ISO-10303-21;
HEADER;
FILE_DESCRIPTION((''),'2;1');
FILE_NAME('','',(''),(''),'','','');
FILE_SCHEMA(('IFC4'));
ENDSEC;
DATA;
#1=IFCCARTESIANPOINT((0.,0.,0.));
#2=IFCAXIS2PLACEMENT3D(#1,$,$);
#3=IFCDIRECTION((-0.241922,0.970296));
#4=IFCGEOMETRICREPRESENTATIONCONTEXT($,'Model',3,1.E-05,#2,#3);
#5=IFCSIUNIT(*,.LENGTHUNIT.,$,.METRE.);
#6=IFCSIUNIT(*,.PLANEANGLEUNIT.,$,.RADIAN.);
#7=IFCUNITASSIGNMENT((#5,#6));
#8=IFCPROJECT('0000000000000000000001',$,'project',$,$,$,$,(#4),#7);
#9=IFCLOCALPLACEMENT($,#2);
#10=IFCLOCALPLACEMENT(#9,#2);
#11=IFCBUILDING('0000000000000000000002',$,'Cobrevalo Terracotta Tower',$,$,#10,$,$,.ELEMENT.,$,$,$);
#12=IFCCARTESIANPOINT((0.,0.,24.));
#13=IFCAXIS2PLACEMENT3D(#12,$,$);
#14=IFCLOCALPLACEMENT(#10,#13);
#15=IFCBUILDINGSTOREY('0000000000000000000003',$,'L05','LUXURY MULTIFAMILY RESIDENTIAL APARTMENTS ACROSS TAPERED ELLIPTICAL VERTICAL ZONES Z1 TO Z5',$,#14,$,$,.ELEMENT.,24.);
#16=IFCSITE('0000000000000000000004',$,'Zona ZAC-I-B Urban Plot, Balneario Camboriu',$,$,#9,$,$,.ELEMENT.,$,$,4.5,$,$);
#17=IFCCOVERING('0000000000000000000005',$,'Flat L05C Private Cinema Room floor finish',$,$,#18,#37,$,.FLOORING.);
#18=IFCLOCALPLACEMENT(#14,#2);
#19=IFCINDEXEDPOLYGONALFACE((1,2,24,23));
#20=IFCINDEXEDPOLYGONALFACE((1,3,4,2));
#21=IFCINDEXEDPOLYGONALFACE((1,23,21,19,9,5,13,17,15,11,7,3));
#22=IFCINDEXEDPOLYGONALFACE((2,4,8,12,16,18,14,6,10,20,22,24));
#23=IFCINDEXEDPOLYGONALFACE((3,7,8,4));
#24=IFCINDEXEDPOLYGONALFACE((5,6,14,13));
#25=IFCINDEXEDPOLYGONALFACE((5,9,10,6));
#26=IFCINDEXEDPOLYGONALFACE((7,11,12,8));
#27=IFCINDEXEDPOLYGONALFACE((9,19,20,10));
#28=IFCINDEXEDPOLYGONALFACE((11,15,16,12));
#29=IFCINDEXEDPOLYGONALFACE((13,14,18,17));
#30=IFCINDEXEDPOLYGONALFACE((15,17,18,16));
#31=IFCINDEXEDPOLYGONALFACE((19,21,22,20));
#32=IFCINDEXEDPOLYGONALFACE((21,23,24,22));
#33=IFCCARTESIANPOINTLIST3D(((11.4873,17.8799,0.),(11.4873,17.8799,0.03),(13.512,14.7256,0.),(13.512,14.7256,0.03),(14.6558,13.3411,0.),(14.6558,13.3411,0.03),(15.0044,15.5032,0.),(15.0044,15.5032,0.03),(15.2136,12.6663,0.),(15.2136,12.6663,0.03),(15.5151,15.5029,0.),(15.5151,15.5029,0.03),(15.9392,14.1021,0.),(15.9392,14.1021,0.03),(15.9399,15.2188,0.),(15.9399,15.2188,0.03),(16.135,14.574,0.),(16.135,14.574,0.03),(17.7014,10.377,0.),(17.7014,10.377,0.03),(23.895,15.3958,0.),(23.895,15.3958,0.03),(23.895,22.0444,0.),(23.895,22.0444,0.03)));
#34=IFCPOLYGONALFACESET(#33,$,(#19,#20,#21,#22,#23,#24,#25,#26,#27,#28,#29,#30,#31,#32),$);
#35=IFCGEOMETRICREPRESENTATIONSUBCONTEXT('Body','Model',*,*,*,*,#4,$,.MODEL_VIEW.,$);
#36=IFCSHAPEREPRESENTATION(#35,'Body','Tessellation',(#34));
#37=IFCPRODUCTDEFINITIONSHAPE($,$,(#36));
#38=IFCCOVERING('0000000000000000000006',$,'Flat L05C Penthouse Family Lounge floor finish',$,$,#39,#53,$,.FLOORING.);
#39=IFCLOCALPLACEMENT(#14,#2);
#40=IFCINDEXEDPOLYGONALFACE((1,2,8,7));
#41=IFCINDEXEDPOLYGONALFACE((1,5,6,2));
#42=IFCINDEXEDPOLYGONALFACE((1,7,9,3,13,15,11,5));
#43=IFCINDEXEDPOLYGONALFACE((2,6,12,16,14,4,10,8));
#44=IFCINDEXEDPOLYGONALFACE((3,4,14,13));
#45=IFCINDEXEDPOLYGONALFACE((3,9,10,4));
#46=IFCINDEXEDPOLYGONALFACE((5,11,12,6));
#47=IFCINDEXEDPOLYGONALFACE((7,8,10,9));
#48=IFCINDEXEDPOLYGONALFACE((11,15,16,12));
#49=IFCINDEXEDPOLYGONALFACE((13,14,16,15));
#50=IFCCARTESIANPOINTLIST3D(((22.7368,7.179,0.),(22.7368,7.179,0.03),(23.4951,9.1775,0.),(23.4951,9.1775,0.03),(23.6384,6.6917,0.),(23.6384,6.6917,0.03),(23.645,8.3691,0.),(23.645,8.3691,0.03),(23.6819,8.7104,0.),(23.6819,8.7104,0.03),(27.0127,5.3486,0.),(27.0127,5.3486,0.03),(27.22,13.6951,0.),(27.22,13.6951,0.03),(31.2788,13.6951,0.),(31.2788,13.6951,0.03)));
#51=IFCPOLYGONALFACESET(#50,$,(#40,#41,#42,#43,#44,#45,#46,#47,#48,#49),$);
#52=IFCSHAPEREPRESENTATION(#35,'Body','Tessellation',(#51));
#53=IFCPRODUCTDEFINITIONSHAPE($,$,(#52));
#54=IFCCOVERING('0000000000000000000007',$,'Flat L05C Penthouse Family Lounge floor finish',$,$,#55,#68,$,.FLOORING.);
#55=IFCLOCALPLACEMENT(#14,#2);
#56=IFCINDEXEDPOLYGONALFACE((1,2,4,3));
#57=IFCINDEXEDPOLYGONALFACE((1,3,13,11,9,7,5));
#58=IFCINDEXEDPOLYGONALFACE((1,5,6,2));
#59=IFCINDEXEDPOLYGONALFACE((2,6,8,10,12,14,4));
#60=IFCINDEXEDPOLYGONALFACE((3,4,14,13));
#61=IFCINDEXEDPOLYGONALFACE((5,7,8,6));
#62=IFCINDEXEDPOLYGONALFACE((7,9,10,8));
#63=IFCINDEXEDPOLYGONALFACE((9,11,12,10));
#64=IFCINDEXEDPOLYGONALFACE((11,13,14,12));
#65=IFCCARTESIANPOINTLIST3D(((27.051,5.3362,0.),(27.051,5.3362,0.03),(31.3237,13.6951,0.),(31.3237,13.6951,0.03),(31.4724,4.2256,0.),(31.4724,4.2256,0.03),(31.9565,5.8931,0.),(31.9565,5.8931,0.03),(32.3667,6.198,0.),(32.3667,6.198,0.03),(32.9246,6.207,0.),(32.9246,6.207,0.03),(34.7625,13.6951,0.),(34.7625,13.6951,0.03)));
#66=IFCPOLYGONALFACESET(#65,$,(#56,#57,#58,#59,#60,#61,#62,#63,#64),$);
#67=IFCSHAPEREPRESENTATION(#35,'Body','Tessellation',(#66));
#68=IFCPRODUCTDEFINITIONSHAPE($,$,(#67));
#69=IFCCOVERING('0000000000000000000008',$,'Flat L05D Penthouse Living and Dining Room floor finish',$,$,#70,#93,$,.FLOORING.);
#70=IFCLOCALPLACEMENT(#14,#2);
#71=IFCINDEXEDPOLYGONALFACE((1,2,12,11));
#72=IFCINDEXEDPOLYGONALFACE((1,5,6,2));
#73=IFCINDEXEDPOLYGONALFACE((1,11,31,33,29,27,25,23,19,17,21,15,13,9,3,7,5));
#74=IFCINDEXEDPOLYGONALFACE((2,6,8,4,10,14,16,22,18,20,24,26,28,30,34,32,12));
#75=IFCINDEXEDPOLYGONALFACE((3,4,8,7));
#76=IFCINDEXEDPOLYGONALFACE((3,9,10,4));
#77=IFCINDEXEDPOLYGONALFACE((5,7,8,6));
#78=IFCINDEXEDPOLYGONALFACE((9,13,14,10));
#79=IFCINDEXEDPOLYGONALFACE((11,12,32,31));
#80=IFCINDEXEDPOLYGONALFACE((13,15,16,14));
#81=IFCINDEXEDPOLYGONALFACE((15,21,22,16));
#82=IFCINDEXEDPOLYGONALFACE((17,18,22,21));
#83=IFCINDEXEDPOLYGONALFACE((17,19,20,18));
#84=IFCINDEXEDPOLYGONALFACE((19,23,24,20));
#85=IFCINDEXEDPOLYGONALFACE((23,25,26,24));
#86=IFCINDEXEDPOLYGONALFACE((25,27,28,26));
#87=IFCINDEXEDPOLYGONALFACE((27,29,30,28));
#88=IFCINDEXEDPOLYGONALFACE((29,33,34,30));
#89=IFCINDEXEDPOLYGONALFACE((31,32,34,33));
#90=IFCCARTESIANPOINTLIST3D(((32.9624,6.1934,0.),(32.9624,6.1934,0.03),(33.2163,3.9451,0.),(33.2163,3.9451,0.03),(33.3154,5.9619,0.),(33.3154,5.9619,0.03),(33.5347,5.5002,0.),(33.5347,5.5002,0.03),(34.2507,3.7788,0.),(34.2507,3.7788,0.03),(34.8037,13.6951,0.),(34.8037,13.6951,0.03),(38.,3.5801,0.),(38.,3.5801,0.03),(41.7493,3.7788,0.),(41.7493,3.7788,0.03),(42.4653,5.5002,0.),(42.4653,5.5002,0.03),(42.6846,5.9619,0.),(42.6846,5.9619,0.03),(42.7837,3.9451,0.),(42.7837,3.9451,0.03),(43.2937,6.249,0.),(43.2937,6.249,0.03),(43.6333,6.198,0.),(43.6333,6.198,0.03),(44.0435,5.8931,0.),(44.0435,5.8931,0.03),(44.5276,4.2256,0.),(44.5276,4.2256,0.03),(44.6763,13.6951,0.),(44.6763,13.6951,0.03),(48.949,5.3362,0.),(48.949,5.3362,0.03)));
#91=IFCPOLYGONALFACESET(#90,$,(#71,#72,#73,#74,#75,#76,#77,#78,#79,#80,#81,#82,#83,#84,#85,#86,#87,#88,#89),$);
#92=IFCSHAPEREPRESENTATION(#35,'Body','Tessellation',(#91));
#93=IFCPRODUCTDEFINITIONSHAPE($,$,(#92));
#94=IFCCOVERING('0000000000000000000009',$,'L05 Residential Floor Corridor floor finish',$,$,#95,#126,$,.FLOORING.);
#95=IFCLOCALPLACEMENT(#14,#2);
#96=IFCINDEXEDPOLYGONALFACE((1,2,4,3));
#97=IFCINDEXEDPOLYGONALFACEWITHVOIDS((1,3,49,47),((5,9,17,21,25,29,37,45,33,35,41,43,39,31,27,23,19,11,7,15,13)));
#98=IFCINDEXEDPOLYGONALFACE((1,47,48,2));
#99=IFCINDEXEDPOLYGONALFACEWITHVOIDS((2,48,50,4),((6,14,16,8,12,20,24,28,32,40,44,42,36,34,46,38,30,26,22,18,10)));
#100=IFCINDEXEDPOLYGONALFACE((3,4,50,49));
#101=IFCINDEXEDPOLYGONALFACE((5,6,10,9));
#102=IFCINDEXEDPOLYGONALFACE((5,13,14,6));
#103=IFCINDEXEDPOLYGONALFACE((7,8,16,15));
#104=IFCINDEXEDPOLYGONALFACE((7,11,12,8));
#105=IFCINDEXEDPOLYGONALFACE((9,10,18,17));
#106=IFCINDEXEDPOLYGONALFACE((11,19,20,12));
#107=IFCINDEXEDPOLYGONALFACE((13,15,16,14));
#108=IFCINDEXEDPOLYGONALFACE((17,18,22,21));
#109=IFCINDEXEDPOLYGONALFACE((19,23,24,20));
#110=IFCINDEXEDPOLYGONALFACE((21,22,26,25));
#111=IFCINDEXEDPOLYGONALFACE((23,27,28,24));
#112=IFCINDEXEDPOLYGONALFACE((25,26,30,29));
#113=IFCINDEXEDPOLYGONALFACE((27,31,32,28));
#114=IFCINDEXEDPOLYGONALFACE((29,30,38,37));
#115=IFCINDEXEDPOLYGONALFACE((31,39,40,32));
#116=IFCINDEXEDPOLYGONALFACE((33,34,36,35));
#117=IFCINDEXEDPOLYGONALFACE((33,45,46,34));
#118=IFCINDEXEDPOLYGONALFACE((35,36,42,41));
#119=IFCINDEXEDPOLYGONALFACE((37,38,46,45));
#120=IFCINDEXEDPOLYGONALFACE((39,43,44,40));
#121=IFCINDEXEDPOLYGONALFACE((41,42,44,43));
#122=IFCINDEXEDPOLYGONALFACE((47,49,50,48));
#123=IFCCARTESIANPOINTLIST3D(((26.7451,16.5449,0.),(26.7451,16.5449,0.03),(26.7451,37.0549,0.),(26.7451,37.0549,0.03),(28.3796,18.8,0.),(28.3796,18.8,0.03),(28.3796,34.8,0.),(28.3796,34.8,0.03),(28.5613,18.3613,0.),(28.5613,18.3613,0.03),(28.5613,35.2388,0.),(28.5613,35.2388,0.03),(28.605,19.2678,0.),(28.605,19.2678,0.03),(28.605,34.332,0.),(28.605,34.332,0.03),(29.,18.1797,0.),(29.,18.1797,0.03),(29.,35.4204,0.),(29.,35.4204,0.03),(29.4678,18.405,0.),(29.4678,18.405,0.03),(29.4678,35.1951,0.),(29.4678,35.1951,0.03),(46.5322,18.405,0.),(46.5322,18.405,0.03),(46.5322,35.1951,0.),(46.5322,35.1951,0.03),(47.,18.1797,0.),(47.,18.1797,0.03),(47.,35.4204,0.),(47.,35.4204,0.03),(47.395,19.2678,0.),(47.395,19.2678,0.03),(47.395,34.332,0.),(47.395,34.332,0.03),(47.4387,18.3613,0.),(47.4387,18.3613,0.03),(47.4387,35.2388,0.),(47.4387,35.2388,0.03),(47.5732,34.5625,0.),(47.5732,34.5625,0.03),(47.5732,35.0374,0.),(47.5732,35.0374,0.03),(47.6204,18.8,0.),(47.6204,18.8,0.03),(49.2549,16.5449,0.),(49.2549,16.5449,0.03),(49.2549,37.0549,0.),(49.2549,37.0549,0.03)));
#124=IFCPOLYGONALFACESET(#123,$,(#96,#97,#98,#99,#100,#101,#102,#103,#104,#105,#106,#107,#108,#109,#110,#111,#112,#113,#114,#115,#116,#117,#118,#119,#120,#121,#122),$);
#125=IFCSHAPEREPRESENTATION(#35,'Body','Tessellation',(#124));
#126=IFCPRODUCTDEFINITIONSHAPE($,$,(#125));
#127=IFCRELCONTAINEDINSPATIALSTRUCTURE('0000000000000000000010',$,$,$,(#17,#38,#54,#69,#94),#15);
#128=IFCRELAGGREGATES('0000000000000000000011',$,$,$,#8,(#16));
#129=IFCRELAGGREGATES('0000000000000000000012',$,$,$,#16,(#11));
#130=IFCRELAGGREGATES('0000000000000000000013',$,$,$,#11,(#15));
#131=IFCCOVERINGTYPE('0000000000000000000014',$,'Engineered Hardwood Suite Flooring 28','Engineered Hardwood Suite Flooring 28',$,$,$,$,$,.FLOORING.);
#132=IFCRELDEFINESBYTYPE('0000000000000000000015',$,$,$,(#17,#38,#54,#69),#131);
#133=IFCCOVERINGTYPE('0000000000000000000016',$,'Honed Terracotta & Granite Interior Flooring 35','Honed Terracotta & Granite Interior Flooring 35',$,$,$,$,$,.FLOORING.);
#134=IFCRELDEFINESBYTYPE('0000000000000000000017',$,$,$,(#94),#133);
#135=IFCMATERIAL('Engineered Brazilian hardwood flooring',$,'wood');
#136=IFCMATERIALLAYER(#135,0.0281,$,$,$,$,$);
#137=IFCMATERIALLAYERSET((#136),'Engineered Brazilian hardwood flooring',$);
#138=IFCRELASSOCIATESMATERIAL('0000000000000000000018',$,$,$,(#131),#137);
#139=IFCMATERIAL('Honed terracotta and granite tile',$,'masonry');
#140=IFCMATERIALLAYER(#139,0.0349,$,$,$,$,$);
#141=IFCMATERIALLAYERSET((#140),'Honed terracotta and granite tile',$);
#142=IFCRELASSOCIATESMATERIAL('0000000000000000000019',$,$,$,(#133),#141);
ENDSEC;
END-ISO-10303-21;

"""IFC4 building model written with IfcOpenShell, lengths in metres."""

from ifc_helpers import new_model, si_unit, direction, frame, origin, place, context, subcontext, project, spatial, polyline, outline, extrude, material, layer, layer_set, type_object, element, save


model = new_model("IFC4")

# Units and contexts
model_context = context("Model", 3, precision=1e-05, world=origin(), true_north=direction((-0.241922, 0.970296)))
body_context = subcontext(model_context, "Body", "Model", "MODEL_VIEW")
ifc_project = project(units=[si_unit("LENGTHUNIT", "METRE"), si_unit("PLANEANGLEUNIT", "RADIAN")], contexts=[model_context])

# Site, building, storey
site_placement = place(None, origin())
site = spatial("IfcSite", under=ifc_project, at=site_placement, Name="Zona ZAC-I-B Urban Plot, Balneario Camboriu", CompositionType="ELEMENT", RefElevation=4.5)
building_placement = place(site_placement, origin())
building = spatial("IfcBuilding", under=site, at=building_placement, Name="Cobrevalo Terracotta Tower", CompositionType="ELEMENT")
storey_placement = place(building_placement, frame((0.0, 0.0, 24.0)))
storey = spatial("IfcBuildingStorey", under=building, at=storey_placement, Name="L05", Description="LUXURY MULTIFAMILY RESIDENTIAL APARTMENTS ACROSS TAPERED ELLIPTICAL VERTICAL ZONES Z1 TO Z5", CompositionType="ELEMENT", Elevation=24.0)

# Coverings
ifc_material_1 = material(Name="Engineered Brazilian hardwood flooring", Category="wood")
ifc_layer_1 = layer(ifc_material_1, 0.0281)
ifc_layer_set_1 = layer_set([ifc_layer_1], Name="Engineered Brazilian hardwood flooring")
covering_type_1 = type_object("IfcCoveringType", Name="Engineered Hardwood Suite Flooring 28", Description="Engineered Hardwood Suite Flooring 28", PredefinedType="FLOORING", material=ifc_layer_set_1)
covering_1_placement = place(storey_placement, origin())
element("IfcCovering", 1, at=covering_1_placement, inside=storey, type_object=covering_type_1, Name="Flat L05C Private Cinema Room floor finish", PredefinedType="FLOORING", context=body_context, shape_type="SweptSolid", body=[
    extrude(outline(polyline([(15.2136, 12.6663), (14.6558, 13.3411), (15.9392, 14.1021), (16.135, 14.574), (15.9399, 15.2188), (15.5151, 15.5029), (15.0044, 15.5032), (13.512, 14.7256), (11.4873, 17.8799), (23.895, 22.0444), (23.895, 15.3958), (17.7014, 10.377), (15.2136, 12.6663)])), origin(), (0.0, 0.0, 1.0), 0.03),
])
covering_2_placement = place(storey_placement, origin())
element("IfcCovering", 2, at=covering_2_placement, inside=storey, type_object=covering_type_1, Name="Flat L05C Penthouse Family Lounge floor finish", PredefinedType="FLOORING", context=body_context, shape_type="SweptSolid", body=[
    extrude(outline(polyline([(22.7368, 7.179), (23.645, 8.3691), (23.6819, 8.7104), (23.4951, 9.1775), (27.22, 13.6951), (31.2788, 13.6951), (27.0127, 5.3486), (23.6384, 6.6917), (22.7368, 7.179)])), origin(), (0.0, 0.0, 1.0), 0.03),
])
covering_3_placement = place(storey_placement, origin())
element("IfcCovering", 3, at=covering_3_placement, inside=storey, type_object=covering_type_1, Name="Flat L05C Penthouse Family Lounge floor finish", PredefinedType="FLOORING", context=body_context, shape_type="SweptSolid", body=[
    extrude(outline(polyline([(32.9246, 6.207), (32.3667, 6.198), (31.9565, 5.8931), (31.4724, 4.2256), (27.051, 5.3362), (31.3237, 13.6951), (34.7625, 13.6951), (32.9246, 6.207)])), origin(), (0.0, 0.0, 1.0), 0.03),
])
covering_4_placement = place(storey_placement, origin())
element("IfcCovering", 4, at=covering_4_placement, inside=storey, type_object=covering_type_1, Name="Flat L05D Penthouse Living and Dining Room floor finish", PredefinedType="FLOORING", context=body_context, shape_type="SweptSolid", body=[
    extrude(outline(polyline([(44.5276, 4.2256), (44.0435, 5.8931), (43.6333, 6.198), (43.2937, 6.249), (42.6846, 5.9619), (42.4653, 5.5002), (42.7837, 3.9451), (41.7493, 3.7788), (38.0, 3.5801), (34.2507, 3.7788), (33.2163, 3.9451), (33.5347, 5.5002), (33.3154, 5.9619), (32.9624, 6.1934), (34.8037, 13.6951), (44.6763, 13.6951), (48.949, 5.3362), (44.5276, 4.2256)])), origin(), (0.0, 0.0, 1.0), 0.03),
])
ifc_material_2 = material(Name="Honed terracotta and granite tile", Category="masonry")
ifc_layer_2 = layer(ifc_material_2, 0.0349)
ifc_layer_set_2 = layer_set([ifc_layer_2], Name="Honed terracotta and granite tile")
covering_type_2 = type_object("IfcCoveringType", Name="Honed Terracotta & Granite Interior Flooring 35", Description="Honed Terracotta & Granite Interior Flooring 35", PredefinedType="FLOORING", material=ifc_layer_set_2)
covering_5_placement = place(storey_placement, origin())
element("IfcCovering", 5, at=covering_5_placement, inside=storey, type_object=covering_type_2, Name="L05 Residential Floor Corridor floor finish", PredefinedType="FLOORING", context=body_context, shape_type="SweptSolid", body=[
    extrude(outline(polyline([(49.2549, 37.0549), (49.2549, 16.5449), (26.7451, 16.5449), (26.7451, 37.0549), (49.2549, 37.0549)]), holes=[polyline([(47.395, 34.332), (47.5732, 34.5625), (47.5732, 35.0374), (47.4387, 35.2388), (47.0, 35.4204), (46.5322, 35.1951), (29.4678, 35.1951), (29.0, 35.4204), (28.5613, 35.2388), (28.3796, 34.8), (28.605, 34.332), (28.605, 19.2678), (28.3796, 18.8), (28.5613, 18.3613), (29.0, 18.1797), (29.4678, 18.405), (46.5322, 18.405), (47.0, 18.1797), (47.4387, 18.3613), (47.6204, 18.8), (47.395, 19.2678), (47.395, 34.332)])]), origin(), (0.0, 0.0, 1.0), 0.03),
])

save(model, "model.ifc")
